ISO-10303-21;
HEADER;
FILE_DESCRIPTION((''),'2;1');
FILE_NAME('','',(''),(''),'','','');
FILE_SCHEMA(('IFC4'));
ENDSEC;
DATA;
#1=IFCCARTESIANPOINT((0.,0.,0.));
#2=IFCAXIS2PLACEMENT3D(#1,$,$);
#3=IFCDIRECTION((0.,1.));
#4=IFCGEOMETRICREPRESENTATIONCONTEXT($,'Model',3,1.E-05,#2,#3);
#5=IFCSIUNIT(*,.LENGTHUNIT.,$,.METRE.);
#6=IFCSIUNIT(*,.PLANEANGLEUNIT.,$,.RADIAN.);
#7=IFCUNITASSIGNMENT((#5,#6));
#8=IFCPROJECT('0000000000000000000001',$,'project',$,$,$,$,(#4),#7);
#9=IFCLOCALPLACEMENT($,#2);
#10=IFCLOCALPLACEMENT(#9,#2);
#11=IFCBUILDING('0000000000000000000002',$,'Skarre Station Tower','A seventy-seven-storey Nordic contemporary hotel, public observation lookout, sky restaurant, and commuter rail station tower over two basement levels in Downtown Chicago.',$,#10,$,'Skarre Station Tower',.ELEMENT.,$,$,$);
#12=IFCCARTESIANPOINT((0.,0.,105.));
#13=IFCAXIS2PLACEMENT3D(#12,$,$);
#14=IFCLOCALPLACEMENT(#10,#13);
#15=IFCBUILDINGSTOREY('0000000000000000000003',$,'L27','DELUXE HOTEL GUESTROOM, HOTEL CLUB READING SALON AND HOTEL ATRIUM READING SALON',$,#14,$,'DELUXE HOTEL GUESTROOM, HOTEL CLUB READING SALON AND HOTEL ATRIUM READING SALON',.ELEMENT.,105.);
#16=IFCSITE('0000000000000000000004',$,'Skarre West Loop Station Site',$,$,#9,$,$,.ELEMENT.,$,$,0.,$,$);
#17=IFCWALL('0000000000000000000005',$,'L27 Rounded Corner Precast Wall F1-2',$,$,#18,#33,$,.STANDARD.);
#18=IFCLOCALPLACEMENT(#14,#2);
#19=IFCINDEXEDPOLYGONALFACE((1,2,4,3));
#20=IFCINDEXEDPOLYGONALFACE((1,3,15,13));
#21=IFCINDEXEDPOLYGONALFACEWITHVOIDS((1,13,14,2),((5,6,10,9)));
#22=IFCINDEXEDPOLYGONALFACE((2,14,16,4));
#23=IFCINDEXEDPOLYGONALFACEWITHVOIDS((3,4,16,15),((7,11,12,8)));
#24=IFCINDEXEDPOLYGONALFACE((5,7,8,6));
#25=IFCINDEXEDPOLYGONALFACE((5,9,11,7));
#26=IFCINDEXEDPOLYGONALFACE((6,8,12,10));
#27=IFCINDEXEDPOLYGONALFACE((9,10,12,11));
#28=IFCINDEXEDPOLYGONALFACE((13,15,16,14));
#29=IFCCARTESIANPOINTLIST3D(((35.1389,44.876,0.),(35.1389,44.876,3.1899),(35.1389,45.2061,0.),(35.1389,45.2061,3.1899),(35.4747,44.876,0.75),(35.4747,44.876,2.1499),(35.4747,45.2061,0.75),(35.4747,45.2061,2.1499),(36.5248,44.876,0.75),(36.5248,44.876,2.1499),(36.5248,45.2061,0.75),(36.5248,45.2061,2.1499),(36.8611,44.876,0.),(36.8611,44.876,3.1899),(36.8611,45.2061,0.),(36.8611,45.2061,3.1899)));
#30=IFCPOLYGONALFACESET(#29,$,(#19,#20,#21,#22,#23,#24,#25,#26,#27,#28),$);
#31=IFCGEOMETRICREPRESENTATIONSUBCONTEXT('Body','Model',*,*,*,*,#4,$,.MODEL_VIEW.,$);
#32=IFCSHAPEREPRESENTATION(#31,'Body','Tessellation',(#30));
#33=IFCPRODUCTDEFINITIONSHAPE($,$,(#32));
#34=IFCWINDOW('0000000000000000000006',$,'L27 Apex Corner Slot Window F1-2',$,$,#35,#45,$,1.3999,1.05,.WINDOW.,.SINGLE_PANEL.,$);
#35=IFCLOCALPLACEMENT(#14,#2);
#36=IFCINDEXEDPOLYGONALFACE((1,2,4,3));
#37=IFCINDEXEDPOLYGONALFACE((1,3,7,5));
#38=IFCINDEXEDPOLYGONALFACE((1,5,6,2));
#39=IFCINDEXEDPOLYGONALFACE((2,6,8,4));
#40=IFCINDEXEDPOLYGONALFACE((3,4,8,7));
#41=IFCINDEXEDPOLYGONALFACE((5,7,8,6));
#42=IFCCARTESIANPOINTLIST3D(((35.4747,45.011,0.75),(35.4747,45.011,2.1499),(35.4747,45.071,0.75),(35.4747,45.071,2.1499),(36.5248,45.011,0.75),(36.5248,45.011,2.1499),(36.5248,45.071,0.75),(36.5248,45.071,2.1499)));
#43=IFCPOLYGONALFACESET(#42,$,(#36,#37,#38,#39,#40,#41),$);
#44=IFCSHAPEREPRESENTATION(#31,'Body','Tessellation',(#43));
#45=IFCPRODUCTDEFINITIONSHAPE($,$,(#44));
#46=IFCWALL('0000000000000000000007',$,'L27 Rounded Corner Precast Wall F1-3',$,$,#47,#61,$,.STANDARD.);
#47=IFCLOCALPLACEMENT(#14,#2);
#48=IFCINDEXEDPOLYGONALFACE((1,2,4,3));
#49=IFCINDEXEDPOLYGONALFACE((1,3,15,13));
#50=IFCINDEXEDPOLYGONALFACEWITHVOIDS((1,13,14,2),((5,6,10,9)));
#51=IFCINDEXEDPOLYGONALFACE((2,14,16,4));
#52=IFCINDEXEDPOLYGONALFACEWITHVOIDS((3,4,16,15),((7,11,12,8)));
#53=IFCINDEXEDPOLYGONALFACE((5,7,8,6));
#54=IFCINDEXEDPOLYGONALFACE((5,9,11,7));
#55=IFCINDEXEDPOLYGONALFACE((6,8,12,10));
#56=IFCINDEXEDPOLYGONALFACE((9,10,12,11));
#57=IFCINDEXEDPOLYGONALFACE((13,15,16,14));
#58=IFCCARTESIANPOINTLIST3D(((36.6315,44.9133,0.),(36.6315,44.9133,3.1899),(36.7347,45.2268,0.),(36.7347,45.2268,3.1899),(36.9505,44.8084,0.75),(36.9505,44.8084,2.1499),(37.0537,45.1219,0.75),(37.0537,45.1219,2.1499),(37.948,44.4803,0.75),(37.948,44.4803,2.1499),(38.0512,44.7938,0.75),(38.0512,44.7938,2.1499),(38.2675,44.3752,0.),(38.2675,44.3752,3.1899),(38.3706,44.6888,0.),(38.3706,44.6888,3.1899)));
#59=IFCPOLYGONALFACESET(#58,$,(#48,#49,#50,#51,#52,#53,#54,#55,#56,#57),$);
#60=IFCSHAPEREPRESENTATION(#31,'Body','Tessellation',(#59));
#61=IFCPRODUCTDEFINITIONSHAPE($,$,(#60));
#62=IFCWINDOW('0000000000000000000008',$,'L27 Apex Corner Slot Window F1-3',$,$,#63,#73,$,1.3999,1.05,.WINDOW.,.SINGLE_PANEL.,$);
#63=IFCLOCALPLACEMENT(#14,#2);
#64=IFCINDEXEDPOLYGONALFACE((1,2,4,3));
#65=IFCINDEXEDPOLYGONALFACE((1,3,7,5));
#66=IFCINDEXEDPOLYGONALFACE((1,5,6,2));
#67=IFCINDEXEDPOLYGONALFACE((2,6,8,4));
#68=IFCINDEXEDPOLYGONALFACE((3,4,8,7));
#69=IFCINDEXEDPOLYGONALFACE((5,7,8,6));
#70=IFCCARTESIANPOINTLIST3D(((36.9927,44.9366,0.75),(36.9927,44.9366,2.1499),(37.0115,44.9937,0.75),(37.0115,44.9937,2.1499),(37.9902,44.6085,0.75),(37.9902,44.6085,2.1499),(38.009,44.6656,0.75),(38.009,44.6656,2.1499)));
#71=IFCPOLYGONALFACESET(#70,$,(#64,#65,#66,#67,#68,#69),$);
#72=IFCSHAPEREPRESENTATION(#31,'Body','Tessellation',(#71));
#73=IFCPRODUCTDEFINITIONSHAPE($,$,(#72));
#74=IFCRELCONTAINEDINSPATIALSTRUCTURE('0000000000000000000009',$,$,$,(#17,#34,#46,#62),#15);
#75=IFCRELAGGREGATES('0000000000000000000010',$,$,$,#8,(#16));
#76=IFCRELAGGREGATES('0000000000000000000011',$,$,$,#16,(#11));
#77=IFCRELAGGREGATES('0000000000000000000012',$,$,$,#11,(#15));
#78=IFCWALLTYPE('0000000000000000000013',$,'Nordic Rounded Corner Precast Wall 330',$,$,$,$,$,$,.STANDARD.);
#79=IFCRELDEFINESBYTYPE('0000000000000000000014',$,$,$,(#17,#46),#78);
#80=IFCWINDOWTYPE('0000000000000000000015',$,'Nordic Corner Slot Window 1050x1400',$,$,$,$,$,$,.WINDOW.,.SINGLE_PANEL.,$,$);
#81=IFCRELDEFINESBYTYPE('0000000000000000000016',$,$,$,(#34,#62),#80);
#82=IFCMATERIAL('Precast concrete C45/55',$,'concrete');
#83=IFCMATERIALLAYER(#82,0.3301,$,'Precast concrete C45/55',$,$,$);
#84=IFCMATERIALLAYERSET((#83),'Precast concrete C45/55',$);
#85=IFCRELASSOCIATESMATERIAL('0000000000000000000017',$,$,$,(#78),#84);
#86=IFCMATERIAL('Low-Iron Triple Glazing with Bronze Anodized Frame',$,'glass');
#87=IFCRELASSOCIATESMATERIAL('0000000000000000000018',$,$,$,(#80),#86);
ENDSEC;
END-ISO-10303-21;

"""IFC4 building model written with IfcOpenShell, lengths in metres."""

from ifc_helpers import new_model, si_unit, direction, frame, frame_2d, origin, place, context, subcontext, project, spatial, rectangle, extrude, material, layer, layer_set, type_object, element, fill, save


model = new_model("IFC4")

# Units and contexts
model_context = context("Model", 3, precision=1e-05, world=origin(), true_north=direction((0.0, 1.0)))
body_context = subcontext(model_context, "Body", "Model", "MODEL_VIEW")
ifc_project = project(units=[si_unit("LENGTHUNIT", "METRE"), si_unit("PLANEANGLEUNIT", "RADIAN")], contexts=[model_context])

# Site, building, storey
site_placement = place(None, origin())
site = spatial("IfcSite", under=ifc_project, at=site_placement, Name="Skarre West Loop Station Site", CompositionType="ELEMENT", RefElevation=0.0)
building_placement = place(site_placement, origin())
building = spatial("IfcBuilding", under=site, at=building_placement, Name="Skarre Station Tower", Description="A seventy-seven-storey Nordic contemporary hotel, public observation lookout, sky restaurant, and commuter rail station tower over two basement levels in Downtown Chicago.", LongName="Skarre Station Tower", CompositionType="ELEMENT")
storey_placement = place(building_placement, frame((0.0, 0.0, 105.0)))
storey = spatial("IfcBuildingStorey", under=building, at=storey_placement, Name="L27", Description="DELUXE HOTEL GUESTROOM, HOTEL CLUB READING SALON AND HOTEL ATRIUM READING SALON", LongName="DELUXE HOTEL GUESTROOM, HOTEL CLUB READING SALON AND HOTEL ATRIUM READING SALON", CompositionType="ELEMENT", Elevation=105.0)

# Shared definitions
ifc_material_1 = material(Name="Precast concrete C45/55", Category="concrete")
ifc_material_2 = material(Name="Low-Iron Triple Glazing with Bronze Anodized Frame", Category="glass")

# Shared definitions
ifc_layer_1 = layer(ifc_material_1, 0.3301, Name="Precast concrete C45/55")
ifc_layer_set_1 = layer_set([ifc_layer_1], Name="Precast concrete C45/55")
wall_type_1 = type_object("IfcWallType", Name="Nordic Rounded Corner Precast Wall 330", PredefinedType="STANDARD", material=ifc_layer_set_1)

# Walls, openings, windows
wall_1_placement = place(storey_placement, frame((35.1389, 45.041, 0.0), z_axis=(0.0, 0.0, 1.0), x_axis=(1.0, 0.0, 0.0)))
wall_1 = element("IfcWall", 1, at=wall_1_placement, inside=storey, type_object=wall_type_1, Name="L27 Rounded Corner Precast Wall F1-2", PredefinedType="STANDARD", context=body_context, shape_type="SweptSolid", body=[
    extrude(rectangle(XDim=1.7222, YDim=0.3301, at=frame_2d((0.8611, 0.0))), origin(), (0.0, 0.0, 1.0), 3.1899),
])
opening_1_placement = place(wall_1_placement, frame((0.3359, 0.0, 0.75)))
opening_1 = element("IfcOpeningElement", 2, at=opening_1_placement, cuts=wall_1, PredefinedType="OPENING", context=body_context, shape_type="SweptSolid", body=[
    extrude(rectangle(XDim=1.05, YDim=1.3999, at=frame_2d((0.5249, 0.7))), frame((0.0, 0.175, 0.0), z_axis=(0.0, -1.0, 0.0), x_axis=(1.0, 0.0, 0.0)), (0.0, 0.0, 1.0), 0.3501),
])
window_type_1 = type_object("IfcWindowType", Name="Nordic Corner Slot Window 1050x1400", PartitioningType="SINGLE_PANEL", PredefinedType="WINDOW", material=ifc_material_2)
window_1_placement = place(opening_1_placement, origin())
window_1 = element("IfcWindow", 3, at=window_1_placement, inside=storey, type_object=window_type_1, Name="L27 Apex Corner Slot Window F1-2", OverallHeight=1.3999, OverallWidth=1.05, PartitioningType="SINGLE_PANEL", PredefinedType="WINDOW", context=body_context, shape_type="SweptSolid", body=[
    extrude(rectangle(XDim=1.05, YDim=1.3999, at=frame_2d((0.5249, 0.7))), frame((0.0, 0.03, 0.0), z_axis=(0.0, -1.0, 0.0), x_axis=(1.0, 0.0, 0.0)), (0.0, 0.0, 1.0), 0.0601),
])
fill(opening_1, window_1)
wall_2_placement = place(storey_placement, frame((36.6831, 45.0701, 0.0), z_axis=(0.0, 0.0, 1.0), x_axis=(0.949937, -0.31244, 0.0)))
wall_2 = element("IfcWall", 4, at=wall_2_placement, inside=storey, type_object=wall_type_1, Name="L27 Rounded Corner Precast Wall F1-3", PredefinedType="STANDARD", context=body_context, shape_type="SweptSolid", body=[
    extrude(rectangle(XDim=1.7222, YDim=0.3301, at=frame_2d((0.8611, 0.0))), origin(), (0.0, 0.0, 1.0), 3.1899),
])
opening_2_placement = place(wall_2_placement, frame((0.3359, 0.0, 0.75)))
opening_2 = element("IfcOpeningElement", 5, at=opening_2_placement, cuts=wall_2, PredefinedType="OPENING", context=body_context, shape_type="SweptSolid", body=[
    extrude(rectangle(XDim=1.05, YDim=1.3999, at=frame_2d((0.5249, 0.7))), frame((0.0, 0.175, 0.0), z_axis=(0.0, -1.0, 0.0), x_axis=(1.0, 0.0, 0.0)), (0.0, 0.0, 1.0), 0.3501),
])
window_2_placement = place(opening_2_placement, origin())
window_2 = element("IfcWindow", 6, at=window_2_placement, inside=storey, type_object=window_type_1, Name="L27 Apex Corner Slot Window F1-3", OverallHeight=1.3999, OverallWidth=1.05, PartitioningType="SINGLE_PANEL", PredefinedType="WINDOW", context=body_context, shape_type="SweptSolid", body=[
    extrude(rectangle(XDim=1.05, YDim=1.3999, at=frame_2d((0.5249, 0.7))), frame((0.0, 0.03, 0.0), z_axis=(0.0, -1.0, 0.0), x_axis=(1.0, 0.0, 0.0)), (0.0, 0.0, 1.0), 0.0601),
])
fill(opening_2, window_2)

save(model, "model.ifc")
